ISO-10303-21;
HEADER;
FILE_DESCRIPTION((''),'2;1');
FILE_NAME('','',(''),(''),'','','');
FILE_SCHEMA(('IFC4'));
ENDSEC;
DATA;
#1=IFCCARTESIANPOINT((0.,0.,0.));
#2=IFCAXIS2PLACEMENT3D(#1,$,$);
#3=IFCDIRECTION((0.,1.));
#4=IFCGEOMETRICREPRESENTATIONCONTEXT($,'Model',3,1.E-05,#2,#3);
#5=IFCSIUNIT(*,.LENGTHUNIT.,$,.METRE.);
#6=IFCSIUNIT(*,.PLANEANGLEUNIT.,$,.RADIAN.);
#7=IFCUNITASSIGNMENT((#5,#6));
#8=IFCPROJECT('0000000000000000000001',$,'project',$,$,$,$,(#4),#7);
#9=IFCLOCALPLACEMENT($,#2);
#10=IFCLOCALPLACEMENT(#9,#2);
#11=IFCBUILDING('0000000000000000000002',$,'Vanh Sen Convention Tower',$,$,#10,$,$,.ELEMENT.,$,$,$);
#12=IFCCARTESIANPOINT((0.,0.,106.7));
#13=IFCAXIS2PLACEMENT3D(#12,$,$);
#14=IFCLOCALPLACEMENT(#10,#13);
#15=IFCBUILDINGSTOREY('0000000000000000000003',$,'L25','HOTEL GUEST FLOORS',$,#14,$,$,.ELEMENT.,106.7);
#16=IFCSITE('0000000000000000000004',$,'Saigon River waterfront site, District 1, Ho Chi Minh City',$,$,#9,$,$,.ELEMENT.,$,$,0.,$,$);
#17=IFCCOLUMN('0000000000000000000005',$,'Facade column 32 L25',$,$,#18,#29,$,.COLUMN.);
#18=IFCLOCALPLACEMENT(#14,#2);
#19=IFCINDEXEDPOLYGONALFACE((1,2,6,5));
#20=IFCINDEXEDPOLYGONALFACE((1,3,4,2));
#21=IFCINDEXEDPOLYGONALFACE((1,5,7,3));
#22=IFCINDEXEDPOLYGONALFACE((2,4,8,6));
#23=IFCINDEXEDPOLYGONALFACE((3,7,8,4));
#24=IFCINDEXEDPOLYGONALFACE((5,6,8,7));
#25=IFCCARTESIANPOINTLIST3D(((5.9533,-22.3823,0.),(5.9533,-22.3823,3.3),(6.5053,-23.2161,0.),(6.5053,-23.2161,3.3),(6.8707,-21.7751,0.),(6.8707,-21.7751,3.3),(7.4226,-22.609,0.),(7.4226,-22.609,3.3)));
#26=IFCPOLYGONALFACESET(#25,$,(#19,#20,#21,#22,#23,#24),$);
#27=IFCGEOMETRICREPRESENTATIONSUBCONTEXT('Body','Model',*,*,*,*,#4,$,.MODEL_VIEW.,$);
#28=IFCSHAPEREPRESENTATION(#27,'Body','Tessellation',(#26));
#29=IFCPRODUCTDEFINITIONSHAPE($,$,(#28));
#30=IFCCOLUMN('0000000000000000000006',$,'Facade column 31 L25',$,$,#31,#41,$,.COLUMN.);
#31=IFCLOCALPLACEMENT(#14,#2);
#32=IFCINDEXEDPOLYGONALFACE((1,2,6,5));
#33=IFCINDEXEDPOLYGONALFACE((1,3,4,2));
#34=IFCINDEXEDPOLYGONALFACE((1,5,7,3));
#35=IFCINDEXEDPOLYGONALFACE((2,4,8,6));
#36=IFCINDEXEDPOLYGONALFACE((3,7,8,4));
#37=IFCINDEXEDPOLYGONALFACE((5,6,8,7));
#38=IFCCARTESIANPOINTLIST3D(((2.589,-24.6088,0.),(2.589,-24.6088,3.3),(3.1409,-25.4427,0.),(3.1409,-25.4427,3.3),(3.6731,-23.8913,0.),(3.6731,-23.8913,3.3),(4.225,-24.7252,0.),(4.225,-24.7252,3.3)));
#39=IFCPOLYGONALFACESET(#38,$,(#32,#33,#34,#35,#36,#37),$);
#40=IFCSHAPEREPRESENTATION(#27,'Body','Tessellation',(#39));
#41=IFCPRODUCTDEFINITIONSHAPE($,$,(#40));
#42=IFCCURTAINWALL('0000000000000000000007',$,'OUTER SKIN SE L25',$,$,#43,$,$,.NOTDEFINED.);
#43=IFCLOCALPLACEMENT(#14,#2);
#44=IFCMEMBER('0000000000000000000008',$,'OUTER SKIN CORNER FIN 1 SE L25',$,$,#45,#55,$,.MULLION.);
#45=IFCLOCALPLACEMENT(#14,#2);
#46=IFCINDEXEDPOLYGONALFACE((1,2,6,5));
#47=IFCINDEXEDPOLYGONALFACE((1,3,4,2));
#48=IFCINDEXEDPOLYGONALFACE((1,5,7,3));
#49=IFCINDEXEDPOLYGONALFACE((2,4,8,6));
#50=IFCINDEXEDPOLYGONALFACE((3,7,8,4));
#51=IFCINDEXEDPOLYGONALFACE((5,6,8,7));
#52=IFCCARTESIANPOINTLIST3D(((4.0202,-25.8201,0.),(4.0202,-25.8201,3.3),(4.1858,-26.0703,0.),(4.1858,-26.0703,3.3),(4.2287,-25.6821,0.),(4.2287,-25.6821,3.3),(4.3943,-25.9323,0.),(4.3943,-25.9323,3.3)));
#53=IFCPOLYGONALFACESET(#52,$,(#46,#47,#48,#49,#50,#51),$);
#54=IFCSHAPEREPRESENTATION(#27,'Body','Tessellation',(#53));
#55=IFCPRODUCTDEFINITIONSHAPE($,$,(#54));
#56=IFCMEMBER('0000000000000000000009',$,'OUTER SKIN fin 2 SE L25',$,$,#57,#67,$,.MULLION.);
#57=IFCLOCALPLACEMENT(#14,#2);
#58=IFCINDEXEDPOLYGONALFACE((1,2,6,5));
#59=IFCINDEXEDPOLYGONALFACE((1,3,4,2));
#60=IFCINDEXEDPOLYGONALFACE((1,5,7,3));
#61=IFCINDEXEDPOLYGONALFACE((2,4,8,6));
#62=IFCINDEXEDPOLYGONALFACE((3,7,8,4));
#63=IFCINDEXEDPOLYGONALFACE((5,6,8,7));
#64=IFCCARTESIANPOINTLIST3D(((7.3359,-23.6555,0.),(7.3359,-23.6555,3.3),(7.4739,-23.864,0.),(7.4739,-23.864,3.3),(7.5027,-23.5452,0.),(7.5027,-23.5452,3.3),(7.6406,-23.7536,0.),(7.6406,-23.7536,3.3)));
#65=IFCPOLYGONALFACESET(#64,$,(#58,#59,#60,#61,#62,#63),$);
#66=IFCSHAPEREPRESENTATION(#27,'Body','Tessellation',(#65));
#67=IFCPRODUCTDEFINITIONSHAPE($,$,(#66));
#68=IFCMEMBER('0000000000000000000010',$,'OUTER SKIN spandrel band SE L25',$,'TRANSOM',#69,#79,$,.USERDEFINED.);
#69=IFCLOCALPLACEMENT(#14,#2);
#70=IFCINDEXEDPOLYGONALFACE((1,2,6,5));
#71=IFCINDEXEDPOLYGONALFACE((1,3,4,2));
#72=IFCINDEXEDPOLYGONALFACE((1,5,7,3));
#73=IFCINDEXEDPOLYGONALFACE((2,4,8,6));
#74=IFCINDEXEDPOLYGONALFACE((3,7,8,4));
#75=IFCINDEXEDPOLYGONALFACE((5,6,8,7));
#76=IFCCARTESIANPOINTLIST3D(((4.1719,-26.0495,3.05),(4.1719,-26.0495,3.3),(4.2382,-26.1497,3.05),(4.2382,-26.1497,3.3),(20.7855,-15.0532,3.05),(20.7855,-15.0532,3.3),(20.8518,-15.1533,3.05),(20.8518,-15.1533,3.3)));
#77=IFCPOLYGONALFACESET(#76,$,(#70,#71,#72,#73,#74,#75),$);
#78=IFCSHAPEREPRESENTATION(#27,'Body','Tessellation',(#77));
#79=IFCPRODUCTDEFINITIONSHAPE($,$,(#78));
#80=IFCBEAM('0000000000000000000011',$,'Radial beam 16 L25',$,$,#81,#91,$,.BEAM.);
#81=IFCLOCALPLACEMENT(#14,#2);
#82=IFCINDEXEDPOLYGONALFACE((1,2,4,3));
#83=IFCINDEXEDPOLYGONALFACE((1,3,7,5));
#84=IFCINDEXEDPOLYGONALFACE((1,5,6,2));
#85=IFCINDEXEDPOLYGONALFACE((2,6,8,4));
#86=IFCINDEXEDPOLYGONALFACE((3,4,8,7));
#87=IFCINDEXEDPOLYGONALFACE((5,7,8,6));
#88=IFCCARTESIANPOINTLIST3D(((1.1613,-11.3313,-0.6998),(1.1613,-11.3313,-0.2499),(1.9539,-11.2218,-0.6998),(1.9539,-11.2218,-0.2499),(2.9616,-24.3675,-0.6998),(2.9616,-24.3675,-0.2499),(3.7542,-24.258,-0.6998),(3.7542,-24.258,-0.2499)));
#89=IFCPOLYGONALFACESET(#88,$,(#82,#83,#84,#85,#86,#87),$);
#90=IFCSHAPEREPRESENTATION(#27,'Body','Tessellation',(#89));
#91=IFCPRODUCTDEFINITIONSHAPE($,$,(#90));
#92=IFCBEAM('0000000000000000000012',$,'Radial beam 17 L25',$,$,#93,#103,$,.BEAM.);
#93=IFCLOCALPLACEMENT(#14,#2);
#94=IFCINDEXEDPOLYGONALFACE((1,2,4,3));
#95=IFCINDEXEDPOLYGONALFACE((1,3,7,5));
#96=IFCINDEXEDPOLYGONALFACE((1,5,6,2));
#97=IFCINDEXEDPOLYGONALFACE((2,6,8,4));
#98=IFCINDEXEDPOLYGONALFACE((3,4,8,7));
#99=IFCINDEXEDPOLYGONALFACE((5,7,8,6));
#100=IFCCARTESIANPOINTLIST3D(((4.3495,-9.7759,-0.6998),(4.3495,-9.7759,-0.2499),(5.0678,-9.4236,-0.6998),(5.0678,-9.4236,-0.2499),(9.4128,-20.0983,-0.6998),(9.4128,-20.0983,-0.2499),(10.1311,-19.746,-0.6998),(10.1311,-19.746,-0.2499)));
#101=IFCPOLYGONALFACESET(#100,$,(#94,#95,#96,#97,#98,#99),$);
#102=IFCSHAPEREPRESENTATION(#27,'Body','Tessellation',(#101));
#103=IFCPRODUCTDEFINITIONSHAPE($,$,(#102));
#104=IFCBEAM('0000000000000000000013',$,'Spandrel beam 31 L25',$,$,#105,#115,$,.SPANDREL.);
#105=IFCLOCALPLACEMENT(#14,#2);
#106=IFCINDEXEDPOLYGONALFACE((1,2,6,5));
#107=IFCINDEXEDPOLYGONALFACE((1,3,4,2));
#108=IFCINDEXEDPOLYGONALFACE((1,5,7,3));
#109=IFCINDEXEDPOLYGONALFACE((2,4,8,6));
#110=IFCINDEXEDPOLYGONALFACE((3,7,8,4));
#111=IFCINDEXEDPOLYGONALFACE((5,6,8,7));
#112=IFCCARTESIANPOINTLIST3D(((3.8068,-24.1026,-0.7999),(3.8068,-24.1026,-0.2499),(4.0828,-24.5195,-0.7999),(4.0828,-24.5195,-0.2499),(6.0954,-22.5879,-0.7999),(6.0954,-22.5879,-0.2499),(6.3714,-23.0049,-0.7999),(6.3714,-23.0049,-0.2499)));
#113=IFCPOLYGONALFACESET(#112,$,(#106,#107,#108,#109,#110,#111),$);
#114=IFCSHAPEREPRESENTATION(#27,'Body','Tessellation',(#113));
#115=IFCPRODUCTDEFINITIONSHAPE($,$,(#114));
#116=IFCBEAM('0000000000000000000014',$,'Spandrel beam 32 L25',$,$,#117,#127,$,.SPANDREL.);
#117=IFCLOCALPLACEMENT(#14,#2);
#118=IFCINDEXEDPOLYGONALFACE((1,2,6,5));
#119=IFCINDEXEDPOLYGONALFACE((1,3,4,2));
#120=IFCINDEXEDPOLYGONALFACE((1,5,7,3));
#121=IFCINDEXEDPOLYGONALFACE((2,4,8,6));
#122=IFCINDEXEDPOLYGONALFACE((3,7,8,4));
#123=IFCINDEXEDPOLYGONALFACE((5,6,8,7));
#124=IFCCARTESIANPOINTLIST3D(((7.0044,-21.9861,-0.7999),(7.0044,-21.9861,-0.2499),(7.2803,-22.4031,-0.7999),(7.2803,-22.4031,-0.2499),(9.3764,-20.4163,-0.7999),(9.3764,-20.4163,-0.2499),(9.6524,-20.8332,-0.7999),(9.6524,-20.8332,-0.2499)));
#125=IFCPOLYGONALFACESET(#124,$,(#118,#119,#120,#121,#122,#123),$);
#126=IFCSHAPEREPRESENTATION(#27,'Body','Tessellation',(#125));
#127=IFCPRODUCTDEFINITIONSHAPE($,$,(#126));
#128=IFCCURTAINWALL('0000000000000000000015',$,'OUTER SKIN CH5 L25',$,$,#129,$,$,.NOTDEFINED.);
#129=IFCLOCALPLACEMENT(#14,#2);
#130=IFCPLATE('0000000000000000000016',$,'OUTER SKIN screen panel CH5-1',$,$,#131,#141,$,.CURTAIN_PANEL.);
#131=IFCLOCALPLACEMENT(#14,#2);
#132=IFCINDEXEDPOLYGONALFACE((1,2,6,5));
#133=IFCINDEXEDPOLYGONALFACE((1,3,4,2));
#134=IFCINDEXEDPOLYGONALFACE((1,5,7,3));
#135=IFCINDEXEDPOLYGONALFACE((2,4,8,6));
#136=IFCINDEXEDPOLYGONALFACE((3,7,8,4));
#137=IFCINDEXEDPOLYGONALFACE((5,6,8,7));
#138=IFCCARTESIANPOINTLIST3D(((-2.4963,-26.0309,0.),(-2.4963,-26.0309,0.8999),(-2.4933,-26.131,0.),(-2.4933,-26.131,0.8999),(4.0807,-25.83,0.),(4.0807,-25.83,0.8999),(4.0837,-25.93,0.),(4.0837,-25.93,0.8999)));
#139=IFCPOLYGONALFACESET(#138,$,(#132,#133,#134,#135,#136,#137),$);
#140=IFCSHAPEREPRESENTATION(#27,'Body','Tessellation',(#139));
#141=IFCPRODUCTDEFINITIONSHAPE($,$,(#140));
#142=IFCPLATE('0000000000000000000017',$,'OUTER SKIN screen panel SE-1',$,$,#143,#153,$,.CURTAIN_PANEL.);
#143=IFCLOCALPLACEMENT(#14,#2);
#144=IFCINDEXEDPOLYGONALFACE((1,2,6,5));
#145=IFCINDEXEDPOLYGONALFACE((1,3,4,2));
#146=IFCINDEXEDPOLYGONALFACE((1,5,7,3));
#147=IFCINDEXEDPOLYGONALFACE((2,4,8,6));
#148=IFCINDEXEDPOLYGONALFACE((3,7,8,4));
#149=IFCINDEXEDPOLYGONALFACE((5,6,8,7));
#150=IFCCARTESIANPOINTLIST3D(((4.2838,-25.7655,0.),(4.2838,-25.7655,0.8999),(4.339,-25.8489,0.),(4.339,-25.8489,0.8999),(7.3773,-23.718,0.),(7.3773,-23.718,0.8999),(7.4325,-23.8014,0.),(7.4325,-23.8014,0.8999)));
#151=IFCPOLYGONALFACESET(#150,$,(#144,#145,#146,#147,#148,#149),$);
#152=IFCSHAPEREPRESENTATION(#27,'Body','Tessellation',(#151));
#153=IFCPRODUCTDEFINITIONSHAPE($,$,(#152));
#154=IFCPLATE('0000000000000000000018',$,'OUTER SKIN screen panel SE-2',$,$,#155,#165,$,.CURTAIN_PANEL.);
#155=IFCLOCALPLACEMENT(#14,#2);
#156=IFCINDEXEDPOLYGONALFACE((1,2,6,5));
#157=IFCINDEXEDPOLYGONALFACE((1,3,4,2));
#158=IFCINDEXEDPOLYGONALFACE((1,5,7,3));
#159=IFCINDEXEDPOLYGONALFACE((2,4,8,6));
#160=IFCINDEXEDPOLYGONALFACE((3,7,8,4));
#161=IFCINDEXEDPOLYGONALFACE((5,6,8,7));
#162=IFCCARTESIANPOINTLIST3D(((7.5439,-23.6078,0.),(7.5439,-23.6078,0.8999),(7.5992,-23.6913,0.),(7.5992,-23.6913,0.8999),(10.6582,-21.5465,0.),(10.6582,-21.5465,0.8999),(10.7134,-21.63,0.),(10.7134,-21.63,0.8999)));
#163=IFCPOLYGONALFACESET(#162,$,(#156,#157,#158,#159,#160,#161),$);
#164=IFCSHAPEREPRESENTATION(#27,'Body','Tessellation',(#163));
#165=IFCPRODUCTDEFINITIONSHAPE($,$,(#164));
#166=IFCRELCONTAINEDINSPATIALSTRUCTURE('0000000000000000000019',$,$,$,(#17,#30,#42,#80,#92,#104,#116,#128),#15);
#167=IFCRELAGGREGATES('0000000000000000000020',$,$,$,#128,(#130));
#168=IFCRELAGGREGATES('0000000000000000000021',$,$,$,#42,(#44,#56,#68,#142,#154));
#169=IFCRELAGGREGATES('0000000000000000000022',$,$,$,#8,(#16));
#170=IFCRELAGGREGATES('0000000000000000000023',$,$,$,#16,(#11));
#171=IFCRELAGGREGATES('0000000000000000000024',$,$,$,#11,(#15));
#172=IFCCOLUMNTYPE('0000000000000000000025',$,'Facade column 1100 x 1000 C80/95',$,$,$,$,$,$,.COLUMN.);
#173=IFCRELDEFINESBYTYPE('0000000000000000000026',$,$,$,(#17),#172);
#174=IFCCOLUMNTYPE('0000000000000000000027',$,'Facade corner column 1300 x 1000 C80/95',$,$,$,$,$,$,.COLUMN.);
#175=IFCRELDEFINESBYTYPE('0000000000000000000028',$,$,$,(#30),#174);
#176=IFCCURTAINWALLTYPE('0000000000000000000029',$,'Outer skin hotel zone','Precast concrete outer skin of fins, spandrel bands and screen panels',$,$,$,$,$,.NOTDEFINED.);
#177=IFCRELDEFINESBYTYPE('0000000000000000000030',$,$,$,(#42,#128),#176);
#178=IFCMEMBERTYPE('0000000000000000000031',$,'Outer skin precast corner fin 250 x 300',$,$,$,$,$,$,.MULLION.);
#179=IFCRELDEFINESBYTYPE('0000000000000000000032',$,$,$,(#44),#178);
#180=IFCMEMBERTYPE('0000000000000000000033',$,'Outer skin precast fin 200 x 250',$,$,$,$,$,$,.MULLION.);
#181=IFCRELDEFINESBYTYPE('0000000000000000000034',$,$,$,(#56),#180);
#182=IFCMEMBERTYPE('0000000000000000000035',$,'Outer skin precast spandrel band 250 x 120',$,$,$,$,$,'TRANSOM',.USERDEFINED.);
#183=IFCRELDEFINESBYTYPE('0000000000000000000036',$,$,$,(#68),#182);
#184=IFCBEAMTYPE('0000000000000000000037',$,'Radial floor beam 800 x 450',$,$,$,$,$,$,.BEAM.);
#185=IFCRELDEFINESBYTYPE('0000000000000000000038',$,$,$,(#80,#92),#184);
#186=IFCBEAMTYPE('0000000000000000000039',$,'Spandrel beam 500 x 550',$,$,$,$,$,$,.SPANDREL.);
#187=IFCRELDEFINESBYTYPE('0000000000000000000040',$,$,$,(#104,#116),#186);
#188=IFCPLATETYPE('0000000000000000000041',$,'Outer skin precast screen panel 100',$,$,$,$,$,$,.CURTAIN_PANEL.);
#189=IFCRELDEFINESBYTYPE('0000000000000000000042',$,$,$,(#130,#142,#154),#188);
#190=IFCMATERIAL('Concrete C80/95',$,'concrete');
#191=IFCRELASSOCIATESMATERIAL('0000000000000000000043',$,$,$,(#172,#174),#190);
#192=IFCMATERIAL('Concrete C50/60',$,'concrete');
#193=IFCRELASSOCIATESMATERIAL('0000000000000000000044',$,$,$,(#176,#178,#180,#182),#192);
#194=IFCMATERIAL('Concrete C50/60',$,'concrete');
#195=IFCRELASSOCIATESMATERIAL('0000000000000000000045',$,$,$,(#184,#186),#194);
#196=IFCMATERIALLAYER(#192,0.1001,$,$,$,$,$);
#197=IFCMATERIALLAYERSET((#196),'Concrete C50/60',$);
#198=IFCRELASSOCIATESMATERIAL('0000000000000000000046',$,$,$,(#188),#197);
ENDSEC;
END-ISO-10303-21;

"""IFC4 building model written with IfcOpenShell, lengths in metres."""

from ifc_helpers import new_model, si_unit, direction, frame, origin, origin_2d, place, context, subcontext, project, spatial, rectangle, extrude, material, layer, layer_set, material_profile, profile_set, type_object, element, aggregate, save


model = new_model("IFC4")

# Units and contexts
model_context = context("Model", 3, precision=1e-05, world=origin(), true_north=direction((0.0, 1.0)))
body_context = subcontext(model_context, "Body", "Model", "MODEL_VIEW")
ifc_project = project(units=[si_unit("LENGTHUNIT", "METRE"), si_unit("PLANEANGLEUNIT", "RADIAN")], contexts=[model_context])

# Site, building, storey
site_placement = place(None, origin())
site = spatial("IfcSite", under=ifc_project, at=site_placement, Name="Saigon River waterfront site, District 1, Ho Chi Minh City", CompositionType="ELEMENT", RefElevation=0.0)
building_placement = place(site_placement, origin())
building = spatial("IfcBuilding", under=site, at=building_placement, Name="Vanh Sen Convention Tower", CompositionType="ELEMENT")
storey_placement = place(building_placement, frame((0.0, 0.0, 106.7)))
storey = spatial("IfcBuildingStorey", under=building, at=storey_placement, Name="L25", Description="HOTEL GUEST FLOORS", CompositionType="ELEMENT", Elevation=106.7)

# Columns
ifc_material_1 = material(Name="Concrete C80/95", Category="concrete")
ifc_material_profile_1 = material_profile(ifc_material_1, rectangle(XDim=1.1001, YDim=1.0, at=origin_2d()), Name="RC 1100X1000")
ifc_profile_set_1 = profile_set([ifc_material_profile_1], Name="Concrete C80/95")
column_type_1 = type_object("IfcColumnType", Name="Facade column 1100 x 1000 C80/95", PredefinedType="COLUMN", material=ifc_profile_set_1)
column_1_placement = place(storey_placement, frame((6.688, -22.4956, 0.0), z_axis=(0.0, 0.0, 1.0), x_axis=(0.833886, 0.551937, 0.0)))
element("IfcColumn", 1, at=column_1_placement, inside=storey, type_object=column_type_1, Name="Facade column 32 L25", PredefinedType="COLUMN", context=body_context, shape_type="SweptSolid", body=[
    extrude(rectangle(XDim=1.1001, YDim=1.0, at=origin_2d()), origin(), (0.0, 0.0, 1.0), 3.3),
])
ifc_material_profile_2 = material_profile(ifc_material_1, rectangle(XDim=1.3, YDim=1.0, at=origin_2d()), Name="RC 1300X1000")
ifc_profile_set_2 = profile_set([ifc_material_profile_2], Name="Concrete C80/95")
column_type_2 = type_object("IfcColumnType", Name="Facade corner column 1300 x 1000 C80/95", PredefinedType="COLUMN", material=ifc_profile_set_2)
column_2_placement = place(storey_placement, frame((3.407, -24.667, 0.0), z_axis=(0.0, 0.0, 1.0), x_axis=(0.833886, 0.551937, 0.0)))
element("IfcColumn", 2, at=column_2_placement, inside=storey, type_object=column_type_2, Name="Facade column 31 L25", PredefinedType="COLUMN", context=body_context, shape_type="SweptSolid", body=[
    extrude(rectangle(XDim=1.3, YDim=1.0, at=origin_2d()), origin(), (0.0, 0.0, 1.0), 3.3),
])

# Curtain wall, members
ifc_material_2 = material(Name="Concrete C50/60", Category="concrete")
curtain_wall_type = type_object("IfcCurtainWallType", Name="Outer skin hotel zone", Description="Precast concrete outer skin of fins, spandrel bands and screen panels", PredefinedType="NOTDEFINED", material=ifc_material_2)
curtain_wall_1_placement = place(storey_placement, origin())
curtain_wall_1 = element("IfcCurtainWall", 3, at=curtain_wall_1_placement, inside=storey, type_object=curtain_wall_type, Name="OUTER SKIN SE L25", PredefinedType="NOTDEFINED")
ifc_material_profile_3 = material_profile(ifc_material_2, rectangle(XDim=0.25, YDim=0.3, at=origin_2d()), Name="Outer skin precast corner fin 250 x 300")
ifc_profile_set_3 = profile_set([ifc_material_profile_3], Name="Concrete C50/60")
member_type_1 = type_object("IfcMemberType", Name="Outer skin precast corner fin 250 x 300", PredefinedType="MULLION", material=ifc_profile_set_3)
member_1_placement = place(storey_placement, frame((4.2073, -25.8762, 0.0), z_axis=(0.0, 0.0, 1.0), x_axis=(0.833886, 0.551937, 0.0)))
member_1 = element("IfcMember", 4, at=member_1_placement, type_object=member_type_1, Name="OUTER SKIN CORNER FIN 1 SE L25", PredefinedType="MULLION", context=body_context, shape_type="SweptSolid", body=[
    extrude(rectangle(XDim=0.25, YDim=0.3, at=origin_2d()), origin(), (0.0, 0.0, 1.0), 3.3),
])
ifc_material_profile_4 = material_profile(ifc_material_2, rectangle(XDim=0.2, YDim=0.25, at=origin_2d()), Name="Outer skin precast fin 200 x 250")
ifc_profile_set_4 = profile_set([ifc_material_profile_4], Name="Concrete C50/60")
member_type_2 = type_object("IfcMemberType", Name="Outer skin precast fin 200 x 250", PredefinedType="MULLION", material=ifc_profile_set_4)
member_2_placement = place(storey_placement, frame((7.4883, -23.7046, 0.0), z_axis=(0.0, 0.0, 1.0), x_axis=(0.833886, 0.551937, 0.0)))
member_2 = element("IfcMember", 5, at=member_2_placement, type_object=member_type_2, Name="OUTER SKIN fin 2 SE L25", PredefinedType="MULLION", context=body_context, shape_type="SweptSolid", body=[
    extrude(rectangle(XDim=0.2, YDim=0.25, at=origin_2d()), origin(), (0.0, 0.0, 1.0), 3.3),
])
ifc_material_profile_5 = material_profile(ifc_material_2, rectangle(XDim=0.1201, YDim=0.25, at=origin_2d()), Name="Outer skin precast spandrel band 250 x 120")
ifc_profile_set_5 = profile_set([ifc_material_profile_5], Name="Concrete C50/60")
member_type_3 = type_object("IfcMemberType", Name="Outer skin precast spandrel band 250 x 120", ElementType="TRANSOM", PredefinedType="USERDEFINED", material=ifc_profile_set_5)
member_3_placement = place(storey_placement, frame((4.2051, -26.0996, 3.175), z_axis=(0.833884, 0.55194, 0.0), x_axis=(-0.55194, 0.833884, 0.0)))
member_3 = element("IfcMember", 6, at=member_3_placement, type_object=member_type_3, Name="OUTER SKIN spandrel band SE L25", ObjectType="TRANSOM", PredefinedType="USERDEFINED", context=body_context, shape_type="SweptSolid", body=[
    extrude(rectangle(XDim=0.1201, YDim=0.25, at=origin_2d()), origin(), (0.0, 0.0, 1.0), 19.9231),
])

# Beams
ifc_material_3 = material(Name="Concrete C50/60", Category="concrete")
ifc_material_profile_6 = material_profile(ifc_material_3, rectangle(XDim=0.8, YDim=0.45, at=origin_2d()), Name="RC 800X450")
ifc_profile_set_6 = profile_set([ifc_material_profile_6], Name="Concrete C50/60")
beam_type_1 = type_object("IfcBeamType", Name="Radial floor beam 800 x 450", PredefinedType="BEAM", material=ifc_profile_set_6)
beam_1_placement = place(storey_placement, frame((3.3579, -24.3127, -0.4749), z_axis=(-0.136802, 0.990598, 0.0), x_axis=(-0.990598, -0.136802, 0.0)))
element("IfcBeam", 7, at=beam_1_placement, inside=storey, type_object=beam_type_1, Name="Radial beam 16 L25", PredefinedType="BEAM", context=body_context, shape_type="SweptSolid", body=[
    extrude(rectangle(XDim=0.8, YDim=0.45, at=origin_2d()), origin(), (0.0, 0.0, 1.0), 13.1599),
])
beam_2_placement = place(storey_placement, frame((9.772, -19.9221, -0.4749), z_axis=(-0.440389, 0.897807, 0.0), x_axis=(-0.897807, -0.440389, 0.0)))
element("IfcBeam", 8, at=beam_2_placement, inside=storey, type_object=beam_type_1, Name="Radial beam 17 L25", PredefinedType="BEAM", context=body_context, shape_type="SweptSolid", body=[
    extrude(rectangle(XDim=0.8, YDim=0.45, at=origin_2d()), origin(), (0.0, 0.0, 1.0), 11.4973),
])
ifc_material_profile_7 = material_profile(ifc_material_3, rectangle(XDim=0.5, YDim=0.55, at=origin_2d()), Name="RC 500X550")
ifc_profile_set_7 = profile_set([ifc_material_profile_7], Name="Concrete C50/60")
beam_type_2 = type_object("IfcBeamType", Name="Spandrel beam 500 x 550", PredefinedType="SPANDREL", material=ifc_profile_set_7)
beam_3_placement = place(storey_placement, frame((3.9448, -24.311, -0.5249), z_axis=(0.833907, 0.551905, 0.0), x_axis=(-0.551905, 0.833907, 0.0)))
element("IfcBeam", 9, at=beam_3_placement, inside=storey, type_object=beam_type_2, Name="Spandrel beam 31 L25", PredefinedType="SPANDREL", context=body_context, shape_type="SweptSolid", body=[
    extrude(rectangle(XDim=0.5, YDim=0.55, at=origin_2d()), origin(), (0.0, 0.0, 1.0), 2.7444),
])
beam_4_placement = place(storey_placement, frame((7.1423, -22.1946, -0.5249), z_axis=(0.833921, 0.551884, 0.0), x_axis=(-0.551884, 0.833921, 0.0)))
element("IfcBeam", 10, at=beam_4_placement, inside=storey, type_object=beam_type_2, Name="Spandrel beam 32 L25", PredefinedType="SPANDREL", context=body_context, shape_type="SweptSolid", body=[
    extrude(rectangle(XDim=0.5, YDim=0.55, at=origin_2d()), origin(), (0.0, 0.0, 1.0), 2.8445),
])

# Curtain wall, plate
curtain_wall_2_placement = place(storey_placement, origin())
curtain_wall_2 = element("IfcCurtainWall", 11, at=curtain_wall_2_placement, inside=storey, type_object=curtain_wall_type, Name="OUTER SKIN CH5 L25", PredefinedType="NOTDEFINED")
ifc_layer_1 = layer(ifc_material_2, 0.1001)
ifc_layer_set_1 = layer_set([ifc_layer_1], Name="Concrete C50/60")
plate_type = type_object("IfcPlateType", Name="Outer skin precast screen panel 100", PredefinedType="CURTAIN_PANEL", material=ifc_layer_set_1)
plate_1_placement = place(storey_placement, frame((0.7937, -25.9805, 0.0), z_axis=(0.0, 0.0, 1.0), x_axis=(0.999533, 0.030542, 0.0)))
plate_1 = element("IfcPlate", 12, at=plate_1_placement, type_object=plate_type, Name="OUTER SKIN screen panel CH5-1", PredefinedType="CURTAIN_PANEL", context=body_context, shape_type="SweptSolid", body=[
    extrude(rectangle(XDim=6.5801, YDim=0.1001, at=origin_2d()), origin(), (0.0, 0.0, 1.0), 0.8999),
])
aggregate(curtain_wall_2, [plate_1])

# Plates
plate_2_placement = place(storey_placement, frame((5.8582, -24.7834, 0.0), z_axis=(0.0, 0.0, 1.0), x_axis=(0.833892, 0.551928, 0.0)))
plate_2 = element("IfcPlate", 13, at=plate_2_placement, type_object=plate_type, Name="OUTER SKIN screen panel SE-1", PredefinedType="CURTAIN_PANEL", context=body_context, shape_type="SweptSolid", body=[
    extrude(rectangle(XDim=3.7097, YDim=0.1001, at=origin_2d()), origin(), (0.0, 0.0, 1.0), 0.8999),
])
plate_3_placement = place(storey_placement, frame((9.1287, -22.6189, 0.0), z_axis=(0.0, 0.0, 1.0), x_axis=(0.833892, 0.551928, 0.0)))
plate_3 = element("IfcPlate", 14, at=plate_3_placement, type_object=plate_type, Name="OUTER SKIN screen panel SE-2", PredefinedType="CURTAIN_PANEL", context=body_context, shape_type="SweptSolid", body=[
    extrude(rectangle(XDim=3.7346, YDim=0.1001, at=origin_2d()), origin(), (0.0, 0.0, 1.0), 0.8999),
])
aggregate(curtain_wall_1, [member_1, member_2, member_3, plate_2, plate_3])

save(model, "model.ifc")
